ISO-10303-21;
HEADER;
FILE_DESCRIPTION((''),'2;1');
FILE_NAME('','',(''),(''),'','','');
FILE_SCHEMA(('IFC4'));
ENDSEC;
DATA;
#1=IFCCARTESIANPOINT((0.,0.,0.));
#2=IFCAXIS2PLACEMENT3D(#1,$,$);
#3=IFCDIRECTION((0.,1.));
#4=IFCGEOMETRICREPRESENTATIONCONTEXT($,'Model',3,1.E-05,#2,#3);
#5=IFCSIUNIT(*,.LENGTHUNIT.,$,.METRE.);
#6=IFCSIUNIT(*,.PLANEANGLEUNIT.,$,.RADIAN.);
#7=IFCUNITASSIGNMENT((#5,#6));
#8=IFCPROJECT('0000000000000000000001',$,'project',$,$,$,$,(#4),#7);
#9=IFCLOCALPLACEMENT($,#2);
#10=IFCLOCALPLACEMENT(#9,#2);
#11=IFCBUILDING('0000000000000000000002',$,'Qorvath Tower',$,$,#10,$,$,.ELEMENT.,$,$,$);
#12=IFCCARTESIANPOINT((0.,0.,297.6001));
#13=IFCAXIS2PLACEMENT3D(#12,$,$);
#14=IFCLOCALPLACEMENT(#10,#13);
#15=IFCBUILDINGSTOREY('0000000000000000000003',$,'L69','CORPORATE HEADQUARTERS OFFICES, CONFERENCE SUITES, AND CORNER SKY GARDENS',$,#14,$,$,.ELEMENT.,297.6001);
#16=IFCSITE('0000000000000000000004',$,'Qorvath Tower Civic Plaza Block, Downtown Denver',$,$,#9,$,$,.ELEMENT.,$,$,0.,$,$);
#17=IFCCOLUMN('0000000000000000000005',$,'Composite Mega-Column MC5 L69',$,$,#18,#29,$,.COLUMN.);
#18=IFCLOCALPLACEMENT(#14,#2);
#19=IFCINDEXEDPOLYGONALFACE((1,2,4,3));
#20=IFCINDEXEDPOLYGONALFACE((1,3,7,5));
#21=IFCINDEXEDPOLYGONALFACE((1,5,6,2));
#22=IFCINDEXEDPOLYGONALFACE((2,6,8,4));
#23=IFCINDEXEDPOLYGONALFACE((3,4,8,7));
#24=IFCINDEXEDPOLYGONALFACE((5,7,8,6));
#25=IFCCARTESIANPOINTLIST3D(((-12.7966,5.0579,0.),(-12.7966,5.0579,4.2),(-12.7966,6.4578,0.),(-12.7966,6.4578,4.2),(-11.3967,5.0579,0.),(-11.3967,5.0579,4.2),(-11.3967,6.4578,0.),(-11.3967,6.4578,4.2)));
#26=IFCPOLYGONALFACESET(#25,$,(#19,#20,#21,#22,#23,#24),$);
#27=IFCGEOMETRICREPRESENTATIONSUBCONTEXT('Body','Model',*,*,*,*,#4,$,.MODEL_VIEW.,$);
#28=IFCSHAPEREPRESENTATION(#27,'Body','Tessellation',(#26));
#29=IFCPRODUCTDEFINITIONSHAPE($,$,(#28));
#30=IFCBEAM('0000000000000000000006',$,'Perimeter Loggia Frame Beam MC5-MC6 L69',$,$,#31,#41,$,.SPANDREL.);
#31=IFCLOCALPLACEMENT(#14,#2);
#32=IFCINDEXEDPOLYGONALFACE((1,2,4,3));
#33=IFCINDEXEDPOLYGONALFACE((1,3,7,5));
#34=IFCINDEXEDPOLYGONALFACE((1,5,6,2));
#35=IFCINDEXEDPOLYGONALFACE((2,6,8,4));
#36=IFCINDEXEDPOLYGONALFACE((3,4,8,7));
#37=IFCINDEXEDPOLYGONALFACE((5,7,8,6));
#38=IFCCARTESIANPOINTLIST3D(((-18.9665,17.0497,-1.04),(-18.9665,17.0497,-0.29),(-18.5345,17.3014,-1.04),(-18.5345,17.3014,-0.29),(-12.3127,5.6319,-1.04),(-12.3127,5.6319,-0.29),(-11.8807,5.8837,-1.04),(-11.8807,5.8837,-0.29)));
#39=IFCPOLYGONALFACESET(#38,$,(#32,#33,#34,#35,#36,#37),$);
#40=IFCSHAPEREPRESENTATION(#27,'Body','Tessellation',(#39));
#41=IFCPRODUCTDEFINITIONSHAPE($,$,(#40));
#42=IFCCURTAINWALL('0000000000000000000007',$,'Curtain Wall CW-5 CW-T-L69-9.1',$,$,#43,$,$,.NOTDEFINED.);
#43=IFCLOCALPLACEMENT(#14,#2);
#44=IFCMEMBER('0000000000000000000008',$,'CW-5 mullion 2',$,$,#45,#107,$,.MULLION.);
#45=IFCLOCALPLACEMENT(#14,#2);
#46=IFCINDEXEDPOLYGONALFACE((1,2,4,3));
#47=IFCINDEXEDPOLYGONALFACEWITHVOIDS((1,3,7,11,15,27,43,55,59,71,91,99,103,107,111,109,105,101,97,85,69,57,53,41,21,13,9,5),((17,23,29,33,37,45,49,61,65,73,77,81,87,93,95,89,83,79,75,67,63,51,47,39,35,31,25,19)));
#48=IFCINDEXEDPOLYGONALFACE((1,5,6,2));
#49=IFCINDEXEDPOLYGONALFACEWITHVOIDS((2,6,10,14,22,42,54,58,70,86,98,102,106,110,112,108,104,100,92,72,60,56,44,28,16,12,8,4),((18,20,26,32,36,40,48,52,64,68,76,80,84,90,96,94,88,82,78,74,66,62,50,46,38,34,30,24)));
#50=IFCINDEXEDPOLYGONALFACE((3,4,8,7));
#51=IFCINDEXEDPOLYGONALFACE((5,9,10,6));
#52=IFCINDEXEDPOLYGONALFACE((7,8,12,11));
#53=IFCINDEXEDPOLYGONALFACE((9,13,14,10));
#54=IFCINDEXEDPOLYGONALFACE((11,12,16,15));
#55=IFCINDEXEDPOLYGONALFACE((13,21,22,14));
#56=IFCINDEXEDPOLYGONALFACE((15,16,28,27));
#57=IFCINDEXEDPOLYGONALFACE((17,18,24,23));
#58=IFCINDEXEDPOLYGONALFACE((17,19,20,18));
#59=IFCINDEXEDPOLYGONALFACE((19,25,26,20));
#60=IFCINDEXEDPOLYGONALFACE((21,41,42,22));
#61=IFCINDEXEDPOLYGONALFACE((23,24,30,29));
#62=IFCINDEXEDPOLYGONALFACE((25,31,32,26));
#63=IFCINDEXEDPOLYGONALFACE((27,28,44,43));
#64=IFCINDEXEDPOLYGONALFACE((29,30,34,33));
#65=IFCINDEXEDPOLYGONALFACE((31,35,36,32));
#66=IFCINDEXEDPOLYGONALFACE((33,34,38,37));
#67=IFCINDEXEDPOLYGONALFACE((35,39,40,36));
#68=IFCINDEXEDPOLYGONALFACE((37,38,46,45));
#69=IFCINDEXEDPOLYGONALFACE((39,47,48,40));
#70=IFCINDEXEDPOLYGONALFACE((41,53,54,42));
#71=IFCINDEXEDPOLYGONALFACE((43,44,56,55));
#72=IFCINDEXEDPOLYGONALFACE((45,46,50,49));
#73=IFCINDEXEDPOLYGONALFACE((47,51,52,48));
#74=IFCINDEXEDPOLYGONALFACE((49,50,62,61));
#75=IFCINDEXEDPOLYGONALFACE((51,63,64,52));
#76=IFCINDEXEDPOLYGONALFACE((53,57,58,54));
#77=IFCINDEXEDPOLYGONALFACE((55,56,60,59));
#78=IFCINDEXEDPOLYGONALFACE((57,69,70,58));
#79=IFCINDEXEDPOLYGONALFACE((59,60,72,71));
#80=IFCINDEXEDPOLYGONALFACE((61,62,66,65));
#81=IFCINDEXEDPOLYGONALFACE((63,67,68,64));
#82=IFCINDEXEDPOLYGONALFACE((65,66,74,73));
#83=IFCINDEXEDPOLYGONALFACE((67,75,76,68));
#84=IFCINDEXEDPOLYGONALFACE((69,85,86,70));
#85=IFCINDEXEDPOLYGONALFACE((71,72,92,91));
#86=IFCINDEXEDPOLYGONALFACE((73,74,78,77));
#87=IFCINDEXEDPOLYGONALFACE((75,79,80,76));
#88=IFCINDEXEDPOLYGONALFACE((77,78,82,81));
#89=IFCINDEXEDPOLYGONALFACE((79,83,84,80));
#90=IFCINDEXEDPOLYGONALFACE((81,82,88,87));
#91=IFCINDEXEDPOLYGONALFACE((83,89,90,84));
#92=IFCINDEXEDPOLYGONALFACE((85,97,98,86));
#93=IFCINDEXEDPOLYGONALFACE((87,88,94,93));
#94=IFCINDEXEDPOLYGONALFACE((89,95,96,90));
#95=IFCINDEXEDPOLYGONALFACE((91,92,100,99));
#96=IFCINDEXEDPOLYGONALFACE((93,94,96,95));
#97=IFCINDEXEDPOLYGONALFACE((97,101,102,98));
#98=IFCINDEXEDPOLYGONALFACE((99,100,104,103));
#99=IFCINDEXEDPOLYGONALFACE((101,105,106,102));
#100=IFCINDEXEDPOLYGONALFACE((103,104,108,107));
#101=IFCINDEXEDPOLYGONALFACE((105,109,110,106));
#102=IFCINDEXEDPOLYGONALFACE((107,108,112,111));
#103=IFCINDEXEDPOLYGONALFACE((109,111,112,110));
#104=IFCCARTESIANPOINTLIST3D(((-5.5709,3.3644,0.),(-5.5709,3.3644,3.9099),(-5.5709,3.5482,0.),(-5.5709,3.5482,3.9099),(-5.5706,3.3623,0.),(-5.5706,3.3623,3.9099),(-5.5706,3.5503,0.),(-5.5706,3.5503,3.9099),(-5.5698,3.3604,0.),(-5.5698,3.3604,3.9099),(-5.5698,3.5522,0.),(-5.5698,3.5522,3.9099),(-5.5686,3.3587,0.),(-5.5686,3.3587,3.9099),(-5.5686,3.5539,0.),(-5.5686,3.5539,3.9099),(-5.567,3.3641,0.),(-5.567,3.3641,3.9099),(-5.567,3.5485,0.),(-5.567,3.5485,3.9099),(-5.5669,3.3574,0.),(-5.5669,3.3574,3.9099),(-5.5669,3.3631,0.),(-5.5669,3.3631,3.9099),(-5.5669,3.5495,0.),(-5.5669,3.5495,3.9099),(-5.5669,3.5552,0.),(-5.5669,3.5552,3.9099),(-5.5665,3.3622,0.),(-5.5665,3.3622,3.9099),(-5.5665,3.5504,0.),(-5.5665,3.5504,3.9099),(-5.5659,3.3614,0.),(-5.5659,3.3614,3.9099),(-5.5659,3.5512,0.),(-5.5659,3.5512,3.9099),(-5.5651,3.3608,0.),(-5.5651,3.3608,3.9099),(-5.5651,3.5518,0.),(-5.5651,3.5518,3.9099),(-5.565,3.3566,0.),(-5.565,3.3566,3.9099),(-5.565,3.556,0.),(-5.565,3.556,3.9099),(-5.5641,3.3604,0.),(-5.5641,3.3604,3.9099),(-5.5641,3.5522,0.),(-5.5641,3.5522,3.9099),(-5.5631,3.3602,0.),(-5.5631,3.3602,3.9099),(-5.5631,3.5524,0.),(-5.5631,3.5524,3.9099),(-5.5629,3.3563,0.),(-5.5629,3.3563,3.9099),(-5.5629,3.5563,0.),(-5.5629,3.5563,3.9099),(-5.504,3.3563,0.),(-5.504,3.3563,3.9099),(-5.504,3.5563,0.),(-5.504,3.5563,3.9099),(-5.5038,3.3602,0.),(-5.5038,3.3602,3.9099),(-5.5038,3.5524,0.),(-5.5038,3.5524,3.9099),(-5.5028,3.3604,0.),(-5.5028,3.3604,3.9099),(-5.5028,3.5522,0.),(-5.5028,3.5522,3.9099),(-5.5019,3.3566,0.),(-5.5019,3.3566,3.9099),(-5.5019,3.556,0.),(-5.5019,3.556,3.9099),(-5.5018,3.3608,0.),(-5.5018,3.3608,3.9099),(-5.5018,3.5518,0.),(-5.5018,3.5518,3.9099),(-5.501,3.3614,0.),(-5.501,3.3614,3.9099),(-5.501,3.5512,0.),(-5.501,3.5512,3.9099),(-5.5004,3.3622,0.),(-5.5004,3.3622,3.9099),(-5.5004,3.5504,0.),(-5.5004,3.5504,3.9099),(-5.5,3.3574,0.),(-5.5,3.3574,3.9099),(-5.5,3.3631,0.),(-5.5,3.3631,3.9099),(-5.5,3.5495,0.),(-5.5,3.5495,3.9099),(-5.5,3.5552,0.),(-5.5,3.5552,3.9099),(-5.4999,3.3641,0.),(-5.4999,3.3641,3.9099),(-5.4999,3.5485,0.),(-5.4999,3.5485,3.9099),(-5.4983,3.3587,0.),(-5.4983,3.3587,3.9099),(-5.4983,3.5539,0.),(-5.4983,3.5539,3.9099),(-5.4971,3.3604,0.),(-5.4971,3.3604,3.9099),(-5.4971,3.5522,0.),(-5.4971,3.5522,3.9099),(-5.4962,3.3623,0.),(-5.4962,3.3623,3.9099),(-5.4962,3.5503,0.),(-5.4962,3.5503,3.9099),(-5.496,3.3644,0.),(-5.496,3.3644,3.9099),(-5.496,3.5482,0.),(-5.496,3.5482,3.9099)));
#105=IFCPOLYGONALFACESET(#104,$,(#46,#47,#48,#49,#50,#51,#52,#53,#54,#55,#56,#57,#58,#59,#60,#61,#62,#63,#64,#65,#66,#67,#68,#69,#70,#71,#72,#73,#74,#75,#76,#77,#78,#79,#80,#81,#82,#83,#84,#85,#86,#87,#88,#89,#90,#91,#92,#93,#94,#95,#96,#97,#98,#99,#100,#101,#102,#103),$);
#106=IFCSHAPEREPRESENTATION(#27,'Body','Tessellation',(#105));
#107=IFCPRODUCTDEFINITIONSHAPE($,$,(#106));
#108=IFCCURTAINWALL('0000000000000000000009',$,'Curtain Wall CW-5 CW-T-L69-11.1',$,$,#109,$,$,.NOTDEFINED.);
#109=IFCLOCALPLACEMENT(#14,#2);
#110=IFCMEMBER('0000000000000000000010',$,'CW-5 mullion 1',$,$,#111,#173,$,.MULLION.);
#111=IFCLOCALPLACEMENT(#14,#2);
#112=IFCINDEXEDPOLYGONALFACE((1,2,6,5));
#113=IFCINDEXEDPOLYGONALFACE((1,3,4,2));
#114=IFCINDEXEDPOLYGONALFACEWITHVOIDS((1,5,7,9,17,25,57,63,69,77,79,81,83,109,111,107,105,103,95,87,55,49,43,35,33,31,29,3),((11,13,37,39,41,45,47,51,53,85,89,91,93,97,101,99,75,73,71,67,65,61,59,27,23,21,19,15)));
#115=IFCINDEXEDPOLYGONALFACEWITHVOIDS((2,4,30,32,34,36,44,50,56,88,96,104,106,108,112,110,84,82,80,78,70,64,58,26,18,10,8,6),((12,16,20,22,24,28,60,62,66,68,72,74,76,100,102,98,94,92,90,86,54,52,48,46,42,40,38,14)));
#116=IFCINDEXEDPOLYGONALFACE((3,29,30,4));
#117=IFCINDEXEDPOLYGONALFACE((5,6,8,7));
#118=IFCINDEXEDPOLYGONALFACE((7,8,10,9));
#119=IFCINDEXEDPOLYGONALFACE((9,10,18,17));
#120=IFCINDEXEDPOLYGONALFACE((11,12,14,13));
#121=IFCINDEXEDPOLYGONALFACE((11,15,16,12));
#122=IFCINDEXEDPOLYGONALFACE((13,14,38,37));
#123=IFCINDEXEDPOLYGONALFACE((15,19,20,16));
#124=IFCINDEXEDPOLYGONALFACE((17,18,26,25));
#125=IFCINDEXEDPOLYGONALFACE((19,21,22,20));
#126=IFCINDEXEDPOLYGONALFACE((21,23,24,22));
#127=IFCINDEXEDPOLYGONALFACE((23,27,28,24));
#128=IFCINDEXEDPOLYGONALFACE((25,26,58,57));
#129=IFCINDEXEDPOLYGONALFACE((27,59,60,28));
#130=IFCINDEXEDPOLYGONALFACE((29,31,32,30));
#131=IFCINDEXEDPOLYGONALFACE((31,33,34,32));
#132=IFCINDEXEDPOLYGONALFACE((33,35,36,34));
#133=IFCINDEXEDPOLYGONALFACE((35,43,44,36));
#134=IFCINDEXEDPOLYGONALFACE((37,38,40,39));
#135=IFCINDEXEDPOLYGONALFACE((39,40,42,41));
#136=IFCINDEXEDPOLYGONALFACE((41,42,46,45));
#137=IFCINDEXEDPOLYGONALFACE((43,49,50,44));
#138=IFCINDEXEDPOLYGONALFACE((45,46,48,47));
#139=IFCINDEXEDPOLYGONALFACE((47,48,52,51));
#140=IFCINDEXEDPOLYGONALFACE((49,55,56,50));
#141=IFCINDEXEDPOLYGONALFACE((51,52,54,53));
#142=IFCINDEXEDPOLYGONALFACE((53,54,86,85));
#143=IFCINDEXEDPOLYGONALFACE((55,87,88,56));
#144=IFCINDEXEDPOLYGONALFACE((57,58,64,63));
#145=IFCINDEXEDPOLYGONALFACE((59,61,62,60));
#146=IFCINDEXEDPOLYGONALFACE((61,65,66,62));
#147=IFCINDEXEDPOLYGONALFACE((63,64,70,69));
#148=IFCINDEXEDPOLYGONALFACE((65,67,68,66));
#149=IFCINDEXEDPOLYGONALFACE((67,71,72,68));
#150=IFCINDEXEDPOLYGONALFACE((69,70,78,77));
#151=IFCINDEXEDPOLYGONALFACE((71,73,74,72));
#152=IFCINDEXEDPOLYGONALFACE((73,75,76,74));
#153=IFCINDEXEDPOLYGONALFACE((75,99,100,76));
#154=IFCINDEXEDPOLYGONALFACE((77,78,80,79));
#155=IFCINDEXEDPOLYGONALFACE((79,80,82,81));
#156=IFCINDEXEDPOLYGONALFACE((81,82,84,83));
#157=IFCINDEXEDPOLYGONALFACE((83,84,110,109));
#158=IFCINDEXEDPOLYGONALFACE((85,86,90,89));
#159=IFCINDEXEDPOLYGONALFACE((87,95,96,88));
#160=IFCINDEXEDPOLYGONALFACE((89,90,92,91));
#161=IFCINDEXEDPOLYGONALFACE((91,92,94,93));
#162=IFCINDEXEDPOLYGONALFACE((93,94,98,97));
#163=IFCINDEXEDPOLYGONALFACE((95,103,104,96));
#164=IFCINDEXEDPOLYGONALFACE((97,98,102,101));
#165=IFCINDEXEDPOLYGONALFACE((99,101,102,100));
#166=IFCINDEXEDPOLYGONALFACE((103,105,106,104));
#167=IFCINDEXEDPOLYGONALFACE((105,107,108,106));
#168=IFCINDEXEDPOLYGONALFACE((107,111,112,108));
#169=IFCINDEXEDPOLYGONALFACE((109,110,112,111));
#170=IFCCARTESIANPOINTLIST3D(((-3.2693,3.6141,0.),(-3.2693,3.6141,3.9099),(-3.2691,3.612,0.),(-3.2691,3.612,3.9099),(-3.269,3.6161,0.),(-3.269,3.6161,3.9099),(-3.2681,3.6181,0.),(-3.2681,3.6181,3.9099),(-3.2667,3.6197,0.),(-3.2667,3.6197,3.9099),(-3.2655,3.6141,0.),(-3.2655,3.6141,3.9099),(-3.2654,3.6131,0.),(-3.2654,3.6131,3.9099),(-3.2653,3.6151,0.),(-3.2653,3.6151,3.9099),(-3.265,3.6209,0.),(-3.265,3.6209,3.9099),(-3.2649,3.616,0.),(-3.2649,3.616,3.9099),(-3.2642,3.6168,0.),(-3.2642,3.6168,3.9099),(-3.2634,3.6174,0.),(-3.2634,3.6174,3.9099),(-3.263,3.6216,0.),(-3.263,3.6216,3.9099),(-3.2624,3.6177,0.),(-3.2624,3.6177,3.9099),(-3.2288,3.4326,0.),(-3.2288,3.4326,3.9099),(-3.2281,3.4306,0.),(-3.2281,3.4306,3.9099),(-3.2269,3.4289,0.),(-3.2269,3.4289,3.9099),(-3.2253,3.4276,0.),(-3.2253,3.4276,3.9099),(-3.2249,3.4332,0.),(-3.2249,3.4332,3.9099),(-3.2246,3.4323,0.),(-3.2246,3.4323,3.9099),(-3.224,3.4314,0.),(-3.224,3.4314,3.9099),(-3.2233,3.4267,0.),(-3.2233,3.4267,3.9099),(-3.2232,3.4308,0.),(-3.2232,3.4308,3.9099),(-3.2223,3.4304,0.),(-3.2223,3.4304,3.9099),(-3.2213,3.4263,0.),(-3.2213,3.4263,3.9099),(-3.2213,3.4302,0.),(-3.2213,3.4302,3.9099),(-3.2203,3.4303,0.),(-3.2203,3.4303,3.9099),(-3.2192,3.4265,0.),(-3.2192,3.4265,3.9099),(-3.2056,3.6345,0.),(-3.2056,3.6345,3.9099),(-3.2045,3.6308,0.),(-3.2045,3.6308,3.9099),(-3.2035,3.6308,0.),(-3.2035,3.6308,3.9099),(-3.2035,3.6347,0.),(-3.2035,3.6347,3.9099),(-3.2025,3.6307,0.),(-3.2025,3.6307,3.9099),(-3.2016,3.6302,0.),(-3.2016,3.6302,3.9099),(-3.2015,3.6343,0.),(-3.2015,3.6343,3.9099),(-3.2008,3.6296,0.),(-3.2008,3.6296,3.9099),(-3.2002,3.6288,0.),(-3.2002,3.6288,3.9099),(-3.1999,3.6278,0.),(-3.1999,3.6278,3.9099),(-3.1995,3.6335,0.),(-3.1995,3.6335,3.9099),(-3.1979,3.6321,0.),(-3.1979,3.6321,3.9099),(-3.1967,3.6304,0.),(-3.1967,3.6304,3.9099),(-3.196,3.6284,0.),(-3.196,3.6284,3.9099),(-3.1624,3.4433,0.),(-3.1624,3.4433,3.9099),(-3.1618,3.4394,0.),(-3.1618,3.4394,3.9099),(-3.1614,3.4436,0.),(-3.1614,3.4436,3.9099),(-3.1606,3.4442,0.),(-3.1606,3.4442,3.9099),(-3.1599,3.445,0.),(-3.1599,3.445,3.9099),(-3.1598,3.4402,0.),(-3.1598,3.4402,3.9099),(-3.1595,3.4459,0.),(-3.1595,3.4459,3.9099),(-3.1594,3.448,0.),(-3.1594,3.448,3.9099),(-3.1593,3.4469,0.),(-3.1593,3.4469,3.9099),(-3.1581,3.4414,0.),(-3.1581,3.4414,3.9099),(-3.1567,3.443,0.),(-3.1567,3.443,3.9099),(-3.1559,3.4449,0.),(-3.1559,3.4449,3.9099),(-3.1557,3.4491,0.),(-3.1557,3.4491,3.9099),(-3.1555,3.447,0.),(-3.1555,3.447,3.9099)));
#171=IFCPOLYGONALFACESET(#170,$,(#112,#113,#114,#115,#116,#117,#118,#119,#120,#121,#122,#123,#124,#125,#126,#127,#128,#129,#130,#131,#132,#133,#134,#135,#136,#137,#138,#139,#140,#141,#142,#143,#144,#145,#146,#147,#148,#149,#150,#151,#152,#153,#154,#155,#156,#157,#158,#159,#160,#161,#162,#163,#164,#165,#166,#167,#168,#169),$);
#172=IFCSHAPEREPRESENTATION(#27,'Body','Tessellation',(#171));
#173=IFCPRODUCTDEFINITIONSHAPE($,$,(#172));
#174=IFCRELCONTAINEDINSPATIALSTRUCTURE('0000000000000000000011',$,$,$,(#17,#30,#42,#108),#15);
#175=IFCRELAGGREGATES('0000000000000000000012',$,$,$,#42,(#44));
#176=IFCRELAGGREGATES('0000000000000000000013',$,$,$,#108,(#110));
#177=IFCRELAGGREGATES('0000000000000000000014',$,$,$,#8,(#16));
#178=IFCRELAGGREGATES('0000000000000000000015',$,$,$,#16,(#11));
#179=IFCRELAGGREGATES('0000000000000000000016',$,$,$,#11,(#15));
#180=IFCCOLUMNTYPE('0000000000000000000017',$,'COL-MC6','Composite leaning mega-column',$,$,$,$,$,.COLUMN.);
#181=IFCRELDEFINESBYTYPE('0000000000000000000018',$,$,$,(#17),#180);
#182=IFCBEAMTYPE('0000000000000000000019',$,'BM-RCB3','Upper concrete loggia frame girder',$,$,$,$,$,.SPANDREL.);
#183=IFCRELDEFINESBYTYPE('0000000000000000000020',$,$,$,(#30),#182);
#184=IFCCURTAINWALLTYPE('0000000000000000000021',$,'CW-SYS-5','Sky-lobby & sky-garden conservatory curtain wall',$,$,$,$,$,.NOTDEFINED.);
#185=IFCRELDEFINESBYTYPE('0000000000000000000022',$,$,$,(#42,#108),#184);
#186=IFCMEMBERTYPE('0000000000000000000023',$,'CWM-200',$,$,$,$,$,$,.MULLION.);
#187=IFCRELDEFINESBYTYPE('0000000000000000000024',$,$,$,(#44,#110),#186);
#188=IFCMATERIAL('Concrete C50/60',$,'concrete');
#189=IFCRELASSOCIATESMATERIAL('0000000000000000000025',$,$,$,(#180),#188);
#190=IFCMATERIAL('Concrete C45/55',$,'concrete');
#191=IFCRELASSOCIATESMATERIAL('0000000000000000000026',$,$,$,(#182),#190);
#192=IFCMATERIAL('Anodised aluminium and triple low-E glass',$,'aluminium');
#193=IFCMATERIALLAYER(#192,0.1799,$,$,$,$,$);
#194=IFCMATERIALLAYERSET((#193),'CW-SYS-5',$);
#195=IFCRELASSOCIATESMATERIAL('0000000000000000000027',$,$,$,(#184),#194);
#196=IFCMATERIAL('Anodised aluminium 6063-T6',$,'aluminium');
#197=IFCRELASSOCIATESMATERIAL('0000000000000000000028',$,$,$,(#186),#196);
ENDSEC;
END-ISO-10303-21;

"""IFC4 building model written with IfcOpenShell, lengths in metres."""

from ifc_helpers import new_model, si_unit, direction, frame, origin, origin_2d, place, context, subcontext, project, spatial, rectangle, hollow_rectangle, extrude, material, layer, layer_set, material_profile, profile_set, type_object, element, aggregate, save


model = new_model("IFC4")

# Units and contexts
model_context = context("Model", 3, precision=1e-05, world=origin(), true_north=direction((0.0, 1.0)))
body_context = subcontext(model_context, "Body", "Model", "MODEL_VIEW")
ifc_project = project(units=[si_unit("LENGTHUNIT", "METRE"), si_unit("PLANEANGLEUNIT", "RADIAN")], contexts=[model_context])

# Site, building, storey
site_placement = place(None, origin())
site = spatial("IfcSite", under=ifc_project, at=site_placement, Name="Qorvath Tower Civic Plaza Block, Downtown Denver", CompositionType="ELEMENT", RefElevation=0.0)
building_placement = place(site_placement, origin())
building = spatial("IfcBuilding", under=site, at=building_placement, Name="Qorvath Tower", CompositionType="ELEMENT")
storey_placement = place(building_placement, frame((0.0, 0.0, 297.6001)))
storey = spatial("IfcBuildingStorey", under=building, at=storey_placement, Name="L69", Description="CORPORATE HEADQUARTERS OFFICES, CONFERENCE SUITES, AND CORNER SKY GARDENS", CompositionType="ELEMENT", Elevation=297.6001)

# Column
ifc_material_1 = material(Name="Concrete C50/60", Category="concrete")
ifc_material_profile_1 = material_profile(ifc_material_1, rectangle(XDim=1.3999, YDim=1.3999, at=origin_2d()), Name="MC 1400x1400")
ifc_profile_set_1 = profile_set([ifc_material_profile_1], Name="Concrete C50/60")
column_type = type_object("IfcColumnType", Name="COL-MC6", Description="Composite leaning mega-column", PredefinedType="COLUMN", material=ifc_profile_set_1)
column_placement = place(storey_placement, frame((-12.0967, 5.7578, 0.0), z_axis=(0.0, 0.0, 1.0), x_axis=(1.0, 0.0, 0.0)))
element("IfcColumn", 1, at=column_placement, inside=storey, type_object=column_type, Name="Composite Mega-Column MC5 L69", PredefinedType="COLUMN", context=body_context, shape_type="SweptSolid", body=[
    extrude(rectangle(XDim=1.3999, YDim=1.3999, at=origin_2d()), origin(), (0.0, 0.0, 1.0), 4.2),
])

# Beam
ifc_material_2 = material(Name="Concrete C45/55", Category="concrete")
ifc_material_profile_2 = material_profile(ifc_material_2, rectangle(XDim=0.5, YDim=0.75, at=origin_2d()), Name="RCB 750x500")
ifc_profile_set_2 = profile_set([ifc_material_profile_2], Name="Concrete C45/55")
beam_type = type_object("IfcBeamType", Name="BM-RCB3", Description="Upper concrete loggia frame girder", PredefinedType="SPANDREL", material=ifc_profile_set_2)
beam_placement = place(storey_placement, frame((-12.0967, 5.7578, -0.665), z_axis=(-0.503502, 0.863994, 0.0), x_axis=(-0.863994, -0.503502, 0.0)))
element("IfcBeam", 2, at=beam_placement, inside=storey, type_object=beam_type, Name="Perimeter Loggia Frame Beam MC5-MC6 L69", PredefinedType="SPANDREL", context=body_context, shape_type="SweptSolid", body=[
    extrude(rectangle(XDim=0.5, YDim=0.75, at=origin_2d()), origin(), (0.0, 0.0, 1.0), 13.2151),
])

# Curtain wall, member
ifc_material_3 = material(Name="Anodised aluminium and triple low-E glass", Category="aluminium")
ifc_layer_1 = layer(ifc_material_3, 0.1799)
ifc_layer_set_1 = layer_set([ifc_layer_1], Name="CW-SYS-5")
curtain_wall_type = type_object("IfcCurtainWallType", Name="CW-SYS-5", Description="Sky-lobby & sky-garden conservatory curtain wall", PredefinedType="NOTDEFINED", material=ifc_layer_set_1)
curtain_wall_1_placement = place(storey_placement, origin())
curtain_wall_1 = element("IfcCurtainWall", 3, at=curtain_wall_1_placement, inside=storey, type_object=curtain_wall_type, Name="Curtain Wall CW-5 CW-T-L69-9.1", PredefinedType="NOTDEFINED")
ifc_material_4 = material(Name="Anodised aluminium 6063-T6", Category="aluminium")
ifc_material_profile_3 = material_profile(ifc_material_4, hollow_rectangle(XDim=0.075, YDim=0.2, WallThickness=0.0039, InnerFilletRadius=0.0039, OuterFilletRadius=0.0081, at=origin_2d()), Name="CWM 200x75")
ifc_profile_set_3 = profile_set([ifc_material_profile_3], Name="Anodised aluminium 6063-T6")
member_type_1 = type_object("IfcMemberType", Name="CWM-200", PredefinedType="MULLION", material=ifc_profile_set_3)
member_1_placement = place(storey_placement, frame((-5.5334, 3.4563, 0.0), z_axis=(0.0, 0.0, 1.0), x_axis=(-1.0, 0.0, 0.0)))
member_1 = element("IfcMember", 4, at=member_1_placement, type_object=member_type_1, Name="CW-5 mullion 2", PredefinedType="MULLION", context=body_context, shape_type="SweptSolid", body=[
    extrude(hollow_rectangle(XDim=0.075, YDim=0.2, WallThickness=0.0039, InnerFilletRadius=0.0039, OuterFilletRadius=0.0081, at=origin_2d()), origin(), (0.0, 0.0, 1.0), 3.9099),
])
aggregate(curtain_wall_1, [member_1])

# Curtain wall, member
curtain_wall_2_placement = place(storey_placement, origin())
curtain_wall_2 = element("IfcCurtainWall", 5, at=curtain_wall_2_placement, inside=storey, type_object=curtain_wall_type, Name="Curtain Wall CW-5 CW-T-L69-11.1", PredefinedType="NOTDEFINED")
member_2_placement = place(storey_placement, frame((-3.2124, 3.5305, 0.0), z_axis=(0.0, 0.0, 1.0), x_axis=(-0.975659, -0.219293, 0.0)))
member_2 = element("IfcMember", 6, at=member_2_placement, type_object=member_type_1, Name="CW-5 mullion 1", PredefinedType="MULLION", context=body_context, shape_type="SweptSolid", body=[
    extrude(hollow_rectangle(XDim=0.075, YDim=0.2, WallThickness=0.0039, InnerFilletRadius=0.0039, OuterFilletRadius=0.0081, at=origin_2d()), origin(), (0.0, 0.0, 1.0), 3.9099),
])
aggregate(curtain_wall_2, [member_2])

save(model, "model.ifc")
